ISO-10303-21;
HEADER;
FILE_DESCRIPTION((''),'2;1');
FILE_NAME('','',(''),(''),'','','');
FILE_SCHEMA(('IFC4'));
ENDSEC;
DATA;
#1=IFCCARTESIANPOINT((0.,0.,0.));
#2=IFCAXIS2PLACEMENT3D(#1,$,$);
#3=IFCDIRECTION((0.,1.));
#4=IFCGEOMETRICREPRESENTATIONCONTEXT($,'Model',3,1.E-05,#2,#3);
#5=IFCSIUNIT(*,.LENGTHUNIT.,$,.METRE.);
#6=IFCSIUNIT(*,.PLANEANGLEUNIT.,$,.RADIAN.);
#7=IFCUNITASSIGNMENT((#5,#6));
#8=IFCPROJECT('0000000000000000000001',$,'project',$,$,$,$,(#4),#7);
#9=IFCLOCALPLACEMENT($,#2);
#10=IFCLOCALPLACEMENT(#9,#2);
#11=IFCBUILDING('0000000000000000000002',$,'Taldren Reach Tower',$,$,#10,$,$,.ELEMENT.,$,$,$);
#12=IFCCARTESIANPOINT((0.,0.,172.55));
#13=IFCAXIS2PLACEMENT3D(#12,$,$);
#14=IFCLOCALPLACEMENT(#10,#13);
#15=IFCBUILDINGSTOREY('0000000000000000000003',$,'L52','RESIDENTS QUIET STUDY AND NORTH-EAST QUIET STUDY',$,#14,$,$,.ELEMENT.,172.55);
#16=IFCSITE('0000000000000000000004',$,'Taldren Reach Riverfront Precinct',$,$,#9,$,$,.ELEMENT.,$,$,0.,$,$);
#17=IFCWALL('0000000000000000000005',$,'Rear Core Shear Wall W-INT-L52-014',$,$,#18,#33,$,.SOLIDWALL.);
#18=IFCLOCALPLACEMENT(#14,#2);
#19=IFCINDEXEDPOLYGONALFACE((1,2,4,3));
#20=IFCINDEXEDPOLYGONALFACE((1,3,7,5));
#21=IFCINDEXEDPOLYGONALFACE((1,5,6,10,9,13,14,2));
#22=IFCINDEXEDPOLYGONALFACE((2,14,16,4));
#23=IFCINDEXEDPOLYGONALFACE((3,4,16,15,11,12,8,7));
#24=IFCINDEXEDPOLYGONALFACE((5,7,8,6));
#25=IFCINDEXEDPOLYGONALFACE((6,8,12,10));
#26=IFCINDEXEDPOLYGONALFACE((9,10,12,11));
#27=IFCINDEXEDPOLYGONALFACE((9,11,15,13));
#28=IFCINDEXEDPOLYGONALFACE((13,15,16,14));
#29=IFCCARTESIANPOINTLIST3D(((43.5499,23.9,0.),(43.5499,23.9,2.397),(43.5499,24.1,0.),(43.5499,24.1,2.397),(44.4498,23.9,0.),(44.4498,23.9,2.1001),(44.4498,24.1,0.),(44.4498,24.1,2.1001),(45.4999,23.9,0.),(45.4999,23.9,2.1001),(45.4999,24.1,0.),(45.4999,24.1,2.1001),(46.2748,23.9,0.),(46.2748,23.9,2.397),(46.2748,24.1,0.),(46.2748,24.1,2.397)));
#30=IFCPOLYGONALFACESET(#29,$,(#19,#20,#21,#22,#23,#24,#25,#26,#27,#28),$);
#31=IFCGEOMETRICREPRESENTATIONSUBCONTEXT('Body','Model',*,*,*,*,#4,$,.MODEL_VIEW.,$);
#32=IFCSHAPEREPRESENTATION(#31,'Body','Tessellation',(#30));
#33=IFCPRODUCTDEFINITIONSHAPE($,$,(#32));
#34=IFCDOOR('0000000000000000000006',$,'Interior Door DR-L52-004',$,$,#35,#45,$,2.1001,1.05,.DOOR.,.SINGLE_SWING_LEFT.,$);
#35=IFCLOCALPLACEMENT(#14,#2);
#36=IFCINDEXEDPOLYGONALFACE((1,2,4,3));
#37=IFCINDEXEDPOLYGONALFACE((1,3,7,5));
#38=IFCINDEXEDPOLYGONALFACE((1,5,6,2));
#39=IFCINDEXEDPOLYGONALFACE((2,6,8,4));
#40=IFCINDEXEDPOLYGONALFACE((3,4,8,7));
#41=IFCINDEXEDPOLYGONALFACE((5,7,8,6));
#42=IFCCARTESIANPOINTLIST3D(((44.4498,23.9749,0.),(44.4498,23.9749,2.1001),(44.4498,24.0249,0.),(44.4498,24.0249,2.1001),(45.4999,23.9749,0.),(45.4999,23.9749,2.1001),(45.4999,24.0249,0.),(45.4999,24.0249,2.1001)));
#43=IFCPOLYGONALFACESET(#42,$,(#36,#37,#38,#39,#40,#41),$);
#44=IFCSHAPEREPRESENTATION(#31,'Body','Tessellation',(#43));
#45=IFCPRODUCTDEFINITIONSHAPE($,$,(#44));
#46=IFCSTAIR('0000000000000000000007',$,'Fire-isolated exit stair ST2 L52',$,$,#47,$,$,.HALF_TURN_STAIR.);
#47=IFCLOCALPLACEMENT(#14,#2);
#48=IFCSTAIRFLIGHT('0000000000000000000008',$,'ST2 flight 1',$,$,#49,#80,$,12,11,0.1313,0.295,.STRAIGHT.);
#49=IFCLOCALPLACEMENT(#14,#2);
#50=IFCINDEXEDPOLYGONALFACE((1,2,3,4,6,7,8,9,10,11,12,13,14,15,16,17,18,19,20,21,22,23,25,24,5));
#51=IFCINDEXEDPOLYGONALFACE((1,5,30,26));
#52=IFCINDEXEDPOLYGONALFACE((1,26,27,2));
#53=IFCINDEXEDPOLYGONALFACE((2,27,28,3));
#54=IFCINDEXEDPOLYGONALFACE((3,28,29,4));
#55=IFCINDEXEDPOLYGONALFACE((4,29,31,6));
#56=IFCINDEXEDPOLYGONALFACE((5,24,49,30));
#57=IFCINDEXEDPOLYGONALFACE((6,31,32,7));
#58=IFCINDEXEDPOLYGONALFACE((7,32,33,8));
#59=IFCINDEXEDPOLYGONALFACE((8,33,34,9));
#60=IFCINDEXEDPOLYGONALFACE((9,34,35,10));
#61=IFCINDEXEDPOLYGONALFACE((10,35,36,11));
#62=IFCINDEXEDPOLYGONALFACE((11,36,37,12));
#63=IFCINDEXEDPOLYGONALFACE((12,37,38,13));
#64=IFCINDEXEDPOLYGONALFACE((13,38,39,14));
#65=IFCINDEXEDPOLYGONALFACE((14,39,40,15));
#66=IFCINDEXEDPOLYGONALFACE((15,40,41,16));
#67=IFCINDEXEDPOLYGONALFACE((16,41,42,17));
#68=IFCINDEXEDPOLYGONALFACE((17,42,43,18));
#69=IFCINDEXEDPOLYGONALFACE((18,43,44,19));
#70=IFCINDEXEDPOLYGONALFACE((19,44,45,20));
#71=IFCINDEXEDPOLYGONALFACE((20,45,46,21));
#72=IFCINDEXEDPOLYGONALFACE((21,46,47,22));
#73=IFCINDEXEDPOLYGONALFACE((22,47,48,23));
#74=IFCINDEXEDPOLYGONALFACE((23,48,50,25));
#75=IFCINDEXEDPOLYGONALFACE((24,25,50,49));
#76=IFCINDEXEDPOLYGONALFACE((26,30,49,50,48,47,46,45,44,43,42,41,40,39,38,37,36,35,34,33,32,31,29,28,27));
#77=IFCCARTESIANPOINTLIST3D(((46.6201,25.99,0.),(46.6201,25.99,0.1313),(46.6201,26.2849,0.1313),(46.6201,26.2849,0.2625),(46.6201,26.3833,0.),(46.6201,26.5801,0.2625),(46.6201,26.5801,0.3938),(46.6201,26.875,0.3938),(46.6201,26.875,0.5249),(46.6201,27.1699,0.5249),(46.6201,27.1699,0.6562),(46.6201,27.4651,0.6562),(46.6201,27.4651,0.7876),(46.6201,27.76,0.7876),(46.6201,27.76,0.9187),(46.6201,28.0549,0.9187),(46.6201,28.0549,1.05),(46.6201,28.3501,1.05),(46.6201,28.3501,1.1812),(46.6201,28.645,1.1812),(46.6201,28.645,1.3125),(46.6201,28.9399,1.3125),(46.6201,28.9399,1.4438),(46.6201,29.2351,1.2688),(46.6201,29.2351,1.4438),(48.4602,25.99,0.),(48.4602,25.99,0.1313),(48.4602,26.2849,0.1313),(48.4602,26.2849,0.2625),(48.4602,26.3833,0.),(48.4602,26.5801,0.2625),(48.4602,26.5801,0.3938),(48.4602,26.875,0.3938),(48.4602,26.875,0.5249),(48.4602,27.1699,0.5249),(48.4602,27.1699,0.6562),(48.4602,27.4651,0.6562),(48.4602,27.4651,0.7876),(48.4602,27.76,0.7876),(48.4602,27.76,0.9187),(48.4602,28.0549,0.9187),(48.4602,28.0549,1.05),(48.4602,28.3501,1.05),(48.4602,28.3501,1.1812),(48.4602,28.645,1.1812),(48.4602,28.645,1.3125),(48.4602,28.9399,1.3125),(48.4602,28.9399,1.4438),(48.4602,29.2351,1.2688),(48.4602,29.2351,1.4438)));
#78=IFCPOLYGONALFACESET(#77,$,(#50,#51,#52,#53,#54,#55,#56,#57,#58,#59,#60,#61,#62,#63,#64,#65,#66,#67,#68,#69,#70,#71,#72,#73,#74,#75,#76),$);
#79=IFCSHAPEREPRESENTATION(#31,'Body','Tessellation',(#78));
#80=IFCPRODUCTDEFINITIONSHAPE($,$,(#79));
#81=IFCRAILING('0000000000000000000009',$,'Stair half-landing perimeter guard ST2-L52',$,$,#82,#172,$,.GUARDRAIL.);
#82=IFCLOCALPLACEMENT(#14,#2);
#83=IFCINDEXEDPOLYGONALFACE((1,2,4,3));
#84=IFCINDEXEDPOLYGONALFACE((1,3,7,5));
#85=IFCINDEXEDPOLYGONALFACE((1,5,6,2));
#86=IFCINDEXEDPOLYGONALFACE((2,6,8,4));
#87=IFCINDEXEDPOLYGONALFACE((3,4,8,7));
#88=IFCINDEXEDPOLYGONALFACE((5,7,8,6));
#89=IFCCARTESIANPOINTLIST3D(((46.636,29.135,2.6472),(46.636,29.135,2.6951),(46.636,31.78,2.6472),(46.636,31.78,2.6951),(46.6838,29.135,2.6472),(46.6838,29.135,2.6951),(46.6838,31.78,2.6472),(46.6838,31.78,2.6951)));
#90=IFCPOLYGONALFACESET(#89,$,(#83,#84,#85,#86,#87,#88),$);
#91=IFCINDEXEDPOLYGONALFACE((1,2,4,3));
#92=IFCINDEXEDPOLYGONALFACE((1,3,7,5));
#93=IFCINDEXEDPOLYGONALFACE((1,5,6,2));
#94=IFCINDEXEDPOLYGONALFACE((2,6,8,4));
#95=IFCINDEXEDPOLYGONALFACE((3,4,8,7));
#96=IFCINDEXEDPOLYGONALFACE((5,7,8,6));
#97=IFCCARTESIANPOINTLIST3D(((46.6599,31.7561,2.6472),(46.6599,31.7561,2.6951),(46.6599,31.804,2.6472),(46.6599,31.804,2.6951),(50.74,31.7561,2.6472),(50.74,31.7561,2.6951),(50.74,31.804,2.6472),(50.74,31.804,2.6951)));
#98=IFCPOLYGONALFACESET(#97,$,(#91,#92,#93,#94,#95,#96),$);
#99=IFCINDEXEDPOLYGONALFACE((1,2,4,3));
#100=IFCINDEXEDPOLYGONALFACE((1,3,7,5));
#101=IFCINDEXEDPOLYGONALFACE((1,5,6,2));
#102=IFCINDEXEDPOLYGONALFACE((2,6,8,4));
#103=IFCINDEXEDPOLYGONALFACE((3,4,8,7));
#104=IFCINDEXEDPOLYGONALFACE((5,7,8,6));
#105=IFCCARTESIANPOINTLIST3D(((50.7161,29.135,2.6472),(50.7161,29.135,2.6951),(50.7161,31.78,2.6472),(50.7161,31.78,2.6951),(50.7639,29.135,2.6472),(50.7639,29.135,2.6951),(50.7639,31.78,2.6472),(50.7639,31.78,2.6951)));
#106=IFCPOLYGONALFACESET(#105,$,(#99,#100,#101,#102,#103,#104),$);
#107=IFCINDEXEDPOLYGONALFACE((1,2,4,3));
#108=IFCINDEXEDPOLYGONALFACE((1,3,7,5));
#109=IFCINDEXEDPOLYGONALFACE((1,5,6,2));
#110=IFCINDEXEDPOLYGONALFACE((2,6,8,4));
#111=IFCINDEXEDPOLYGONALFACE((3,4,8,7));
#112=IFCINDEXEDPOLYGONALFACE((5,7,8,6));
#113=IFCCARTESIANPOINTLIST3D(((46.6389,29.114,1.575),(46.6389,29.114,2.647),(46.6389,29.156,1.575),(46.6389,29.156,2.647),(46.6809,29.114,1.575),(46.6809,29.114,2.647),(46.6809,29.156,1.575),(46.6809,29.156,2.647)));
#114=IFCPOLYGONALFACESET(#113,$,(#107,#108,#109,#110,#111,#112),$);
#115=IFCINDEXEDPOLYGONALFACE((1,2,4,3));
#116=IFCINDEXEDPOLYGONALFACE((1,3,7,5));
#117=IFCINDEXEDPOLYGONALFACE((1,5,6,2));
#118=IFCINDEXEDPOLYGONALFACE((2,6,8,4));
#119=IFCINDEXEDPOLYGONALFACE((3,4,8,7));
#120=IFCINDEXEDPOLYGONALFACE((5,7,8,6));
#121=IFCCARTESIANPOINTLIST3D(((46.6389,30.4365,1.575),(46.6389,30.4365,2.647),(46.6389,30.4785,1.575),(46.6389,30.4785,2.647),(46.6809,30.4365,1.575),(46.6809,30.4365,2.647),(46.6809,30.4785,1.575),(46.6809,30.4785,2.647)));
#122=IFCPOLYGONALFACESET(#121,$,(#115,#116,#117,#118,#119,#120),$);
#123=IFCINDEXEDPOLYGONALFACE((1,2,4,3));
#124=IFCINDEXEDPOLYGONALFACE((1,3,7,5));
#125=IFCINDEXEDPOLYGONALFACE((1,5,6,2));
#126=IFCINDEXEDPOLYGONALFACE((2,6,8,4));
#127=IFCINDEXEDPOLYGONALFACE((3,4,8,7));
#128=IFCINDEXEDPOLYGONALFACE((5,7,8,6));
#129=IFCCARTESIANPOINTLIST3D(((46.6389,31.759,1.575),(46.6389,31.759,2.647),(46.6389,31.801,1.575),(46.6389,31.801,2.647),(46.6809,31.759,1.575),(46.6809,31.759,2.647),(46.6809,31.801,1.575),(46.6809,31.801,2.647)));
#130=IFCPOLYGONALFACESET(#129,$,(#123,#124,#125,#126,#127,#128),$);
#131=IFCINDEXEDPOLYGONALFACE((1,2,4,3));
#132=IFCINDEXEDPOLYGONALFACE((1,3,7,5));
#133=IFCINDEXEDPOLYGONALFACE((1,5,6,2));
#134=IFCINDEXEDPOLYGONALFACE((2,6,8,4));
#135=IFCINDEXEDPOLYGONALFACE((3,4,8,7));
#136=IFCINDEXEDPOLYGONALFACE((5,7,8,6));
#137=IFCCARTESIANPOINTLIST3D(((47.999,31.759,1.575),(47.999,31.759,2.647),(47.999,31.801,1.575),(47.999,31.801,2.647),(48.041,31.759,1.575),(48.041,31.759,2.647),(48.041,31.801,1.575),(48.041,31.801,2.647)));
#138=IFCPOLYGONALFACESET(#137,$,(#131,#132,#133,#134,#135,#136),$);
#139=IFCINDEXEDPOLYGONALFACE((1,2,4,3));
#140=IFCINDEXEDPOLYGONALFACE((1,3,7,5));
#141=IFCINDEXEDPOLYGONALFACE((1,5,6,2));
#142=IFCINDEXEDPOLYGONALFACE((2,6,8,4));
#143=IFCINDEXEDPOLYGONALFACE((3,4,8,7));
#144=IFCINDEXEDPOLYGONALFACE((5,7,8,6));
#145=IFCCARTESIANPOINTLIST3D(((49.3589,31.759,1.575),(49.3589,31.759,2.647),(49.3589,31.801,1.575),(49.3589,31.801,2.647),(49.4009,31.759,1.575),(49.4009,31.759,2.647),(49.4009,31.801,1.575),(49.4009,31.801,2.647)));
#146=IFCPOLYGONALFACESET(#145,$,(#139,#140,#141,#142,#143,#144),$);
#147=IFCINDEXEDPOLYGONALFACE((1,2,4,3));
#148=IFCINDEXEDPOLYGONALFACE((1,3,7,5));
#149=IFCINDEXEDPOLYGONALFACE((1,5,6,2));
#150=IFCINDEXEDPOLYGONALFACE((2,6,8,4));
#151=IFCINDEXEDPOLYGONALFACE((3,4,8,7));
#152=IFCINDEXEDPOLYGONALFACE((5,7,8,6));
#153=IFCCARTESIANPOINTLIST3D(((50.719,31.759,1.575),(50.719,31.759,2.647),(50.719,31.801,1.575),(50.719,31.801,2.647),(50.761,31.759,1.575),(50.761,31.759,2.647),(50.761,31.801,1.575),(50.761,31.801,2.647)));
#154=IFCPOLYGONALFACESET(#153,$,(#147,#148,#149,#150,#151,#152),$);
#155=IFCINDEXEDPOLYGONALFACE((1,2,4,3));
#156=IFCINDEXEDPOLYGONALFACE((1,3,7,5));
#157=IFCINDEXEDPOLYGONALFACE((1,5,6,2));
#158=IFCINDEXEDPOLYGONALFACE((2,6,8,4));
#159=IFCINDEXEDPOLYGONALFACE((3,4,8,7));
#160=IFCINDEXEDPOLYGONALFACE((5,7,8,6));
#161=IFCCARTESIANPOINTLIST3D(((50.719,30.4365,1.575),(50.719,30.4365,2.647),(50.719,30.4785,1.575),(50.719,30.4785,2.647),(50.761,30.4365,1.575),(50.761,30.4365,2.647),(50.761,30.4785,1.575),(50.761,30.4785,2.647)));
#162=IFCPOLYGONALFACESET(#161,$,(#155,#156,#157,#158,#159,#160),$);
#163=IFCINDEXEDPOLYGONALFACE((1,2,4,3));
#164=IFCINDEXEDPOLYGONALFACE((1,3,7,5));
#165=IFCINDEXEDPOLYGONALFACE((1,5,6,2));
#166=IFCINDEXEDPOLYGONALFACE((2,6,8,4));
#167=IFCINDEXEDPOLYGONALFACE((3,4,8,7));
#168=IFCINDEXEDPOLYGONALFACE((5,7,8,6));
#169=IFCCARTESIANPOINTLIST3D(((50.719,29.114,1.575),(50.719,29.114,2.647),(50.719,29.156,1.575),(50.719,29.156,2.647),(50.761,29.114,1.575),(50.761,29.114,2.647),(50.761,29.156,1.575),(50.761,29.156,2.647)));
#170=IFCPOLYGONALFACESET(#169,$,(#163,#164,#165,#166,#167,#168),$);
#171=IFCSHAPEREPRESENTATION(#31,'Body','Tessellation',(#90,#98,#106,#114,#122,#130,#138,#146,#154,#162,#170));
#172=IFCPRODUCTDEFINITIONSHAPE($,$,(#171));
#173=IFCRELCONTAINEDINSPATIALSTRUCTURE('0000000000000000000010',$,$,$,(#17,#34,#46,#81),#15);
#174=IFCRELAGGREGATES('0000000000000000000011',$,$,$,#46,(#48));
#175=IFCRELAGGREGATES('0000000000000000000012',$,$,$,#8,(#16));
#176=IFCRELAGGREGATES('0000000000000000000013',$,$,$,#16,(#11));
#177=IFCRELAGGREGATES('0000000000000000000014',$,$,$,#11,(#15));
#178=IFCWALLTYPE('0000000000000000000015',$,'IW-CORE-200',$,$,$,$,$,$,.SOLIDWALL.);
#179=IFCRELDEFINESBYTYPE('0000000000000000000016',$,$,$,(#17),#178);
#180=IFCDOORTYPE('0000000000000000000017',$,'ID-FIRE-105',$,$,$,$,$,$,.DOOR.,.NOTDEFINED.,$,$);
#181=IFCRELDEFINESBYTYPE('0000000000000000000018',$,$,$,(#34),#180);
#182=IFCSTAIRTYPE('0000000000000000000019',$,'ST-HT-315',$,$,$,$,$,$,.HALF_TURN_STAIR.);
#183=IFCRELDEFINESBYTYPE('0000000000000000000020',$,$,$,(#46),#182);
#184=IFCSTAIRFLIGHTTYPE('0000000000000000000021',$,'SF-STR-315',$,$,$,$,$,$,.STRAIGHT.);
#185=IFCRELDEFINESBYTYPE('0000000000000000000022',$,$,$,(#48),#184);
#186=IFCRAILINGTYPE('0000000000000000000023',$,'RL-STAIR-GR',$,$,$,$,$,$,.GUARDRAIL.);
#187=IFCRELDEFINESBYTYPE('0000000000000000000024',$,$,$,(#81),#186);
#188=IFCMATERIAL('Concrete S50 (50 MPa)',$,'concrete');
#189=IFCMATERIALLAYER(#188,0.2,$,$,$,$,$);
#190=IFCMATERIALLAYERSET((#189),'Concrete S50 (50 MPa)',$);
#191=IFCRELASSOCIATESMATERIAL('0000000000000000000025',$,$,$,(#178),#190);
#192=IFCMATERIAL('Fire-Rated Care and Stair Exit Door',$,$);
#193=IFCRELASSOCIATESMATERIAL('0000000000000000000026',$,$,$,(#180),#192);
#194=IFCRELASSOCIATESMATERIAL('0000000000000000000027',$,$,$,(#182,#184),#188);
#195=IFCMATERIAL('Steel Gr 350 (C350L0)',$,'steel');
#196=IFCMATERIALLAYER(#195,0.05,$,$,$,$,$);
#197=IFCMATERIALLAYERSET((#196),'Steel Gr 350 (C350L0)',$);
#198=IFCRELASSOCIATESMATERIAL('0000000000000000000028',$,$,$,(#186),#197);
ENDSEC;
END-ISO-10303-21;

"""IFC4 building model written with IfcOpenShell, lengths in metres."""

from ifc_helpers import new_model, si_unit, direction, frame, frame_2d, origin, origin_2d, place, context, subcontext, project, spatial, polyline, rectangle, outline, extrude, source, transform, mapped, material, layer, layer_set, type_object, element, fill, aggregate, save


model = new_model("IFC4")

# Units and contexts
model_context = context("Model", 3, precision=1e-05, world=origin(), true_north=direction((0.0, 1.0)))
body_context = subcontext(model_context, "Body", "Model", "MODEL_VIEW")
ifc_project = project(units=[si_unit("LENGTHUNIT", "METRE"), si_unit("PLANEANGLEUNIT", "RADIAN")], contexts=[model_context])

# Site, building, storey
site_placement = place(None, origin())
site = spatial("IfcSite", under=ifc_project, at=site_placement, Name="Taldren Reach Riverfront Precinct", CompositionType="ELEMENT", RefElevation=0.0)
building_placement = place(site_placement, origin())
building = spatial("IfcBuilding", under=site, at=building_placement, Name="Taldren Reach Tower", CompositionType="ELEMENT")
storey_placement = place(building_placement, frame((0.0, 0.0, 172.55)))
storey = spatial("IfcBuildingStorey", under=building, at=storey_placement, Name="L52", Description="RESIDENTS QUIET STUDY AND NORTH-EAST QUIET STUDY", CompositionType="ELEMENT", Elevation=172.55)

# Shared definitions
ifc_material_1 = material(Name="Steel Gr 350 (C350L0)", Category="steel")

# Shared definitions
ifc_material_2 = material(Name="Concrete S50 (50 MPa)", Category="concrete")
ifc_layer_1 = layer(ifc_material_2, 0.2)
ifc_layer_set_1 = layer_set([ifc_layer_1], Name="Concrete S50 (50 MPa)")
wall_type_1 = type_object("IfcWallType", Name="IW-CORE-200", PredefinedType="SOLIDWALL", material=ifc_layer_set_1)
shared_shape_1 = source(origin(), body_context, "Body", "SweptSolid", [
    extrude(rectangle(XDim=1.05, YDim=2.1001, at=frame_2d((0.5249, 1.05))), frame((0.0, 0.1099, 0.0), z_axis=(0.0, -1.0, 0.0), x_axis=(1.0, 0.0, 0.0)), (0.0, 0.0, 1.0), 0.22),
])
ifc_material_3 = material(Name="Fire-Rated Care and Stair Exit Door")
door_type_1 = type_object("IfcDoorType", Name="ID-FIRE-105", OperationType="NOTDEFINED", PredefinedType="DOOR", material=ifc_material_3)
shared_shape_2 = source(origin(), body_context, "Body", "SweptSolid", [
    extrude(rectangle(XDim=1.05, YDim=2.1001, at=frame_2d((0.5249, 1.05))), frame((0.0, 0.0249, 0.0), z_axis=(0.0, -1.0, 0.0), x_axis=(1.0, 0.0, 0.0)), (0.0, 0.0, 1.0), 0.05),
])

# Wall, opening, door
shared_shape_3 = source(origin(), body_context, "Body", "SweptSolid", [
    extrude(rectangle(XDim=2.7249, YDim=0.2, at=frame_2d((1.3623, 0.0))), origin(), (0.0, 0.0, 1.0), 2.397),
])
wall_1_placement = place(storey_placement, frame((43.55, 24.0, 0.0), z_axis=(0.0, 0.0, 1.0), x_axis=(1.0, 0.0, 0.0)))
wall_1 = element("IfcWall", 1, at=wall_1_placement, inside=storey, type_object=wall_type_1, Name="Rear Core Shear Wall W-INT-L52-014", PredefinedType="SOLIDWALL", context=body_context, shape_type="MappedRepresentation", body=[
    mapped(shared_shape_3, transform((0.0, 0.0, 0.0), scale=1.0)),
])
opening_1_placement = place(wall_1_placement, frame((0.8999, 0.0, 0.0)))
opening_1 = element("IfcOpeningElement", 2, at=opening_1_placement, cuts=wall_1, PredefinedType="OPENING", context=body_context, shape_type="MappedRepresentation", body=[
    mapped(shared_shape_1, transform((0.0, 0.0, 0.0), scale=1.0)),
])
door_1_placement = place(opening_1_placement, origin())
door_1 = element("IfcDoor", 3, at=door_1_placement, inside=storey, type_object=door_type_1, Name="Interior Door DR-L52-004", OperationType="SINGLE_SWING_LEFT", OverallHeight=2.1001, OverallWidth=1.05, PredefinedType="DOOR", context=body_context, shape_type="MappedRepresentation", body=[
    mapped(shared_shape_2, transform((0.0, 0.0, 0.0), scale=1.0)),
])
fill(opening_1, door_1)

# Stair, stair flight
stair_type = type_object("IfcStairType", Name="ST-HT-315", PredefinedType="HALF_TURN_STAIR", material=ifc_material_2)
stair_placement = place(storey_placement, origin())
stair = element("IfcStair", 4, at=stair_placement, inside=storey, type_object=stair_type, Name="Fire-isolated exit stair ST2 L52", PredefinedType="HALF_TURN_STAIR")
stair_flight_type = type_object("IfcStairFlightType", Name="SF-STR-315", PredefinedType="STRAIGHT", material=ifc_material_2)
stair_flight_placement = place(storey_placement, frame((47.54, 25.99, 0.0), z_axis=(0.0, 0.0, 1.0), x_axis=(0.0, 1.0, 0.0)))
stair_flight = element("IfcStairFlight", 5, at=stair_flight_placement, type_object=stair_flight_type, Name="ST2 flight 1", NumberOfRisers=12, NumberOfTreads=11, PredefinedType="STRAIGHT", RiserHeight=0.1313, TreadLength=0.295, context=body_context, shape_type="SweptSolid", body=[
    extrude(outline(polyline([(0.0, 0.0), (0.0, 0.1313), (0.2949, 0.1313), (0.2949, 0.2625), (0.5901, 0.2625), (0.5901, 0.3938), (0.885, 0.3938), (0.885, 0.5249), (1.1799, 0.5249), (1.1799, 0.6562), (1.4751, 0.6562), (1.4751, 0.7876), (1.77, 0.7876), (1.77, 0.9187), (2.0649, 0.9187), (2.0649, 1.05), (2.3601, 1.05), (2.3601, 1.1812), (2.655, 1.1812), (2.655, 1.3125), (2.95, 1.3125), (2.95, 1.4438), (3.2451, 1.4438), (3.2451, 1.575), (3.2451, 1.2688), (0.3933, 0.0), (0.0, 0.0)])), frame((0.0, 0.9199, 0.0), z_axis=(0.0, -1.0, 0.0), x_axis=(1.0, 0.0, 0.0)), (0.0, 0.0, 1.0), 1.8401),
])
aggregate(stair, [stair_flight])

# Railing
ifc_layer_2 = layer(ifc_material_1, 0.05)
ifc_layer_set_2 = layer_set([ifc_layer_2], Name="Steel Gr 350 (C350L0)")
railing_type_1 = type_object("IfcRailingType", Name="RL-STAIR-GR", PredefinedType="GUARDRAIL", material=ifc_layer_set_2)
railing_1_placement = place(storey_placement, frame((46.6599, 29.135, 1.575)))
element("IfcRailing", 6, at=railing_1_placement, inside=storey, type_object=railing_type_1, Name="Stair half-landing perimeter guard ST2-L52", PredefinedType="GUARDRAIL", context=body_context, shape_type="SweptSolid", body=[
    extrude(rectangle(XDim=0.0479, YDim=0.0479, at=origin_2d()), frame((0.0, 0.0, 1.0962), z_axis=(0.0, 1.0, 0.0), x_axis=(-1.0, 0.0, 0.0)), (0.0, 0.0, 1.0), 2.645),
    extrude(rectangle(XDim=0.0479, YDim=0.0479, at=origin_2d()), frame((0.0, 2.645, 1.0962), z_axis=(1.0, 0.0, 0.0), x_axis=(0.0, 1.0, 0.0)), (0.0, 0.0, 1.0), 4.0801),
    extrude(rectangle(XDim=0.0479, YDim=0.0479, at=origin_2d()), frame((4.0801, 2.645, 1.0962), z_axis=(0.0, -1.0, 0.0), x_axis=(1.0, 0.0, 0.0)), (0.0, 0.0, 1.0), 2.645),
    extrude(rectangle(XDim=0.042, YDim=0.042, at=origin_2d()), origin(), (0.0, 0.0, 1.0), 1.072),
    extrude(rectangle(XDim=0.042, YDim=0.042, at=origin_2d()), frame((0.0, 1.3225, 0.0)), (0.0, 0.0, 1.0), 1.072),
    extrude(rectangle(XDim=0.042, YDim=0.042, at=origin_2d()), frame((0.0, 2.645, 0.0)), (0.0, 0.0, 1.0), 1.072),
    extrude(rectangle(XDim=0.042, YDim=0.042, at=origin_2d()), frame((1.3601, 2.645, 0.0)), (0.0, 0.0, 1.0), 1.072),
    extrude(rectangle(XDim=0.042, YDim=0.042, at=origin_2d()), frame((2.72, 2.645, 0.0)), (0.0, 0.0, 1.0), 1.072),
    extrude(rectangle(XDim=0.042, YDim=0.042, at=origin_2d()), frame((4.0801, 2.645, 0.0)), (0.0, 0.0, 1.0), 1.072),
    extrude(rectangle(XDim=0.042, YDim=0.042, at=origin_2d()), frame((4.0801, 1.3225, 0.0)), (0.0, 0.0, 1.0), 1.072),
    extrude(rectangle(XDim=0.042, YDim=0.042, at=origin_2d()), frame((4.0801, 0.0, 0.0)), (0.0, 0.0, 1.0), 1.072),
])

save(model, "model.ifc")
